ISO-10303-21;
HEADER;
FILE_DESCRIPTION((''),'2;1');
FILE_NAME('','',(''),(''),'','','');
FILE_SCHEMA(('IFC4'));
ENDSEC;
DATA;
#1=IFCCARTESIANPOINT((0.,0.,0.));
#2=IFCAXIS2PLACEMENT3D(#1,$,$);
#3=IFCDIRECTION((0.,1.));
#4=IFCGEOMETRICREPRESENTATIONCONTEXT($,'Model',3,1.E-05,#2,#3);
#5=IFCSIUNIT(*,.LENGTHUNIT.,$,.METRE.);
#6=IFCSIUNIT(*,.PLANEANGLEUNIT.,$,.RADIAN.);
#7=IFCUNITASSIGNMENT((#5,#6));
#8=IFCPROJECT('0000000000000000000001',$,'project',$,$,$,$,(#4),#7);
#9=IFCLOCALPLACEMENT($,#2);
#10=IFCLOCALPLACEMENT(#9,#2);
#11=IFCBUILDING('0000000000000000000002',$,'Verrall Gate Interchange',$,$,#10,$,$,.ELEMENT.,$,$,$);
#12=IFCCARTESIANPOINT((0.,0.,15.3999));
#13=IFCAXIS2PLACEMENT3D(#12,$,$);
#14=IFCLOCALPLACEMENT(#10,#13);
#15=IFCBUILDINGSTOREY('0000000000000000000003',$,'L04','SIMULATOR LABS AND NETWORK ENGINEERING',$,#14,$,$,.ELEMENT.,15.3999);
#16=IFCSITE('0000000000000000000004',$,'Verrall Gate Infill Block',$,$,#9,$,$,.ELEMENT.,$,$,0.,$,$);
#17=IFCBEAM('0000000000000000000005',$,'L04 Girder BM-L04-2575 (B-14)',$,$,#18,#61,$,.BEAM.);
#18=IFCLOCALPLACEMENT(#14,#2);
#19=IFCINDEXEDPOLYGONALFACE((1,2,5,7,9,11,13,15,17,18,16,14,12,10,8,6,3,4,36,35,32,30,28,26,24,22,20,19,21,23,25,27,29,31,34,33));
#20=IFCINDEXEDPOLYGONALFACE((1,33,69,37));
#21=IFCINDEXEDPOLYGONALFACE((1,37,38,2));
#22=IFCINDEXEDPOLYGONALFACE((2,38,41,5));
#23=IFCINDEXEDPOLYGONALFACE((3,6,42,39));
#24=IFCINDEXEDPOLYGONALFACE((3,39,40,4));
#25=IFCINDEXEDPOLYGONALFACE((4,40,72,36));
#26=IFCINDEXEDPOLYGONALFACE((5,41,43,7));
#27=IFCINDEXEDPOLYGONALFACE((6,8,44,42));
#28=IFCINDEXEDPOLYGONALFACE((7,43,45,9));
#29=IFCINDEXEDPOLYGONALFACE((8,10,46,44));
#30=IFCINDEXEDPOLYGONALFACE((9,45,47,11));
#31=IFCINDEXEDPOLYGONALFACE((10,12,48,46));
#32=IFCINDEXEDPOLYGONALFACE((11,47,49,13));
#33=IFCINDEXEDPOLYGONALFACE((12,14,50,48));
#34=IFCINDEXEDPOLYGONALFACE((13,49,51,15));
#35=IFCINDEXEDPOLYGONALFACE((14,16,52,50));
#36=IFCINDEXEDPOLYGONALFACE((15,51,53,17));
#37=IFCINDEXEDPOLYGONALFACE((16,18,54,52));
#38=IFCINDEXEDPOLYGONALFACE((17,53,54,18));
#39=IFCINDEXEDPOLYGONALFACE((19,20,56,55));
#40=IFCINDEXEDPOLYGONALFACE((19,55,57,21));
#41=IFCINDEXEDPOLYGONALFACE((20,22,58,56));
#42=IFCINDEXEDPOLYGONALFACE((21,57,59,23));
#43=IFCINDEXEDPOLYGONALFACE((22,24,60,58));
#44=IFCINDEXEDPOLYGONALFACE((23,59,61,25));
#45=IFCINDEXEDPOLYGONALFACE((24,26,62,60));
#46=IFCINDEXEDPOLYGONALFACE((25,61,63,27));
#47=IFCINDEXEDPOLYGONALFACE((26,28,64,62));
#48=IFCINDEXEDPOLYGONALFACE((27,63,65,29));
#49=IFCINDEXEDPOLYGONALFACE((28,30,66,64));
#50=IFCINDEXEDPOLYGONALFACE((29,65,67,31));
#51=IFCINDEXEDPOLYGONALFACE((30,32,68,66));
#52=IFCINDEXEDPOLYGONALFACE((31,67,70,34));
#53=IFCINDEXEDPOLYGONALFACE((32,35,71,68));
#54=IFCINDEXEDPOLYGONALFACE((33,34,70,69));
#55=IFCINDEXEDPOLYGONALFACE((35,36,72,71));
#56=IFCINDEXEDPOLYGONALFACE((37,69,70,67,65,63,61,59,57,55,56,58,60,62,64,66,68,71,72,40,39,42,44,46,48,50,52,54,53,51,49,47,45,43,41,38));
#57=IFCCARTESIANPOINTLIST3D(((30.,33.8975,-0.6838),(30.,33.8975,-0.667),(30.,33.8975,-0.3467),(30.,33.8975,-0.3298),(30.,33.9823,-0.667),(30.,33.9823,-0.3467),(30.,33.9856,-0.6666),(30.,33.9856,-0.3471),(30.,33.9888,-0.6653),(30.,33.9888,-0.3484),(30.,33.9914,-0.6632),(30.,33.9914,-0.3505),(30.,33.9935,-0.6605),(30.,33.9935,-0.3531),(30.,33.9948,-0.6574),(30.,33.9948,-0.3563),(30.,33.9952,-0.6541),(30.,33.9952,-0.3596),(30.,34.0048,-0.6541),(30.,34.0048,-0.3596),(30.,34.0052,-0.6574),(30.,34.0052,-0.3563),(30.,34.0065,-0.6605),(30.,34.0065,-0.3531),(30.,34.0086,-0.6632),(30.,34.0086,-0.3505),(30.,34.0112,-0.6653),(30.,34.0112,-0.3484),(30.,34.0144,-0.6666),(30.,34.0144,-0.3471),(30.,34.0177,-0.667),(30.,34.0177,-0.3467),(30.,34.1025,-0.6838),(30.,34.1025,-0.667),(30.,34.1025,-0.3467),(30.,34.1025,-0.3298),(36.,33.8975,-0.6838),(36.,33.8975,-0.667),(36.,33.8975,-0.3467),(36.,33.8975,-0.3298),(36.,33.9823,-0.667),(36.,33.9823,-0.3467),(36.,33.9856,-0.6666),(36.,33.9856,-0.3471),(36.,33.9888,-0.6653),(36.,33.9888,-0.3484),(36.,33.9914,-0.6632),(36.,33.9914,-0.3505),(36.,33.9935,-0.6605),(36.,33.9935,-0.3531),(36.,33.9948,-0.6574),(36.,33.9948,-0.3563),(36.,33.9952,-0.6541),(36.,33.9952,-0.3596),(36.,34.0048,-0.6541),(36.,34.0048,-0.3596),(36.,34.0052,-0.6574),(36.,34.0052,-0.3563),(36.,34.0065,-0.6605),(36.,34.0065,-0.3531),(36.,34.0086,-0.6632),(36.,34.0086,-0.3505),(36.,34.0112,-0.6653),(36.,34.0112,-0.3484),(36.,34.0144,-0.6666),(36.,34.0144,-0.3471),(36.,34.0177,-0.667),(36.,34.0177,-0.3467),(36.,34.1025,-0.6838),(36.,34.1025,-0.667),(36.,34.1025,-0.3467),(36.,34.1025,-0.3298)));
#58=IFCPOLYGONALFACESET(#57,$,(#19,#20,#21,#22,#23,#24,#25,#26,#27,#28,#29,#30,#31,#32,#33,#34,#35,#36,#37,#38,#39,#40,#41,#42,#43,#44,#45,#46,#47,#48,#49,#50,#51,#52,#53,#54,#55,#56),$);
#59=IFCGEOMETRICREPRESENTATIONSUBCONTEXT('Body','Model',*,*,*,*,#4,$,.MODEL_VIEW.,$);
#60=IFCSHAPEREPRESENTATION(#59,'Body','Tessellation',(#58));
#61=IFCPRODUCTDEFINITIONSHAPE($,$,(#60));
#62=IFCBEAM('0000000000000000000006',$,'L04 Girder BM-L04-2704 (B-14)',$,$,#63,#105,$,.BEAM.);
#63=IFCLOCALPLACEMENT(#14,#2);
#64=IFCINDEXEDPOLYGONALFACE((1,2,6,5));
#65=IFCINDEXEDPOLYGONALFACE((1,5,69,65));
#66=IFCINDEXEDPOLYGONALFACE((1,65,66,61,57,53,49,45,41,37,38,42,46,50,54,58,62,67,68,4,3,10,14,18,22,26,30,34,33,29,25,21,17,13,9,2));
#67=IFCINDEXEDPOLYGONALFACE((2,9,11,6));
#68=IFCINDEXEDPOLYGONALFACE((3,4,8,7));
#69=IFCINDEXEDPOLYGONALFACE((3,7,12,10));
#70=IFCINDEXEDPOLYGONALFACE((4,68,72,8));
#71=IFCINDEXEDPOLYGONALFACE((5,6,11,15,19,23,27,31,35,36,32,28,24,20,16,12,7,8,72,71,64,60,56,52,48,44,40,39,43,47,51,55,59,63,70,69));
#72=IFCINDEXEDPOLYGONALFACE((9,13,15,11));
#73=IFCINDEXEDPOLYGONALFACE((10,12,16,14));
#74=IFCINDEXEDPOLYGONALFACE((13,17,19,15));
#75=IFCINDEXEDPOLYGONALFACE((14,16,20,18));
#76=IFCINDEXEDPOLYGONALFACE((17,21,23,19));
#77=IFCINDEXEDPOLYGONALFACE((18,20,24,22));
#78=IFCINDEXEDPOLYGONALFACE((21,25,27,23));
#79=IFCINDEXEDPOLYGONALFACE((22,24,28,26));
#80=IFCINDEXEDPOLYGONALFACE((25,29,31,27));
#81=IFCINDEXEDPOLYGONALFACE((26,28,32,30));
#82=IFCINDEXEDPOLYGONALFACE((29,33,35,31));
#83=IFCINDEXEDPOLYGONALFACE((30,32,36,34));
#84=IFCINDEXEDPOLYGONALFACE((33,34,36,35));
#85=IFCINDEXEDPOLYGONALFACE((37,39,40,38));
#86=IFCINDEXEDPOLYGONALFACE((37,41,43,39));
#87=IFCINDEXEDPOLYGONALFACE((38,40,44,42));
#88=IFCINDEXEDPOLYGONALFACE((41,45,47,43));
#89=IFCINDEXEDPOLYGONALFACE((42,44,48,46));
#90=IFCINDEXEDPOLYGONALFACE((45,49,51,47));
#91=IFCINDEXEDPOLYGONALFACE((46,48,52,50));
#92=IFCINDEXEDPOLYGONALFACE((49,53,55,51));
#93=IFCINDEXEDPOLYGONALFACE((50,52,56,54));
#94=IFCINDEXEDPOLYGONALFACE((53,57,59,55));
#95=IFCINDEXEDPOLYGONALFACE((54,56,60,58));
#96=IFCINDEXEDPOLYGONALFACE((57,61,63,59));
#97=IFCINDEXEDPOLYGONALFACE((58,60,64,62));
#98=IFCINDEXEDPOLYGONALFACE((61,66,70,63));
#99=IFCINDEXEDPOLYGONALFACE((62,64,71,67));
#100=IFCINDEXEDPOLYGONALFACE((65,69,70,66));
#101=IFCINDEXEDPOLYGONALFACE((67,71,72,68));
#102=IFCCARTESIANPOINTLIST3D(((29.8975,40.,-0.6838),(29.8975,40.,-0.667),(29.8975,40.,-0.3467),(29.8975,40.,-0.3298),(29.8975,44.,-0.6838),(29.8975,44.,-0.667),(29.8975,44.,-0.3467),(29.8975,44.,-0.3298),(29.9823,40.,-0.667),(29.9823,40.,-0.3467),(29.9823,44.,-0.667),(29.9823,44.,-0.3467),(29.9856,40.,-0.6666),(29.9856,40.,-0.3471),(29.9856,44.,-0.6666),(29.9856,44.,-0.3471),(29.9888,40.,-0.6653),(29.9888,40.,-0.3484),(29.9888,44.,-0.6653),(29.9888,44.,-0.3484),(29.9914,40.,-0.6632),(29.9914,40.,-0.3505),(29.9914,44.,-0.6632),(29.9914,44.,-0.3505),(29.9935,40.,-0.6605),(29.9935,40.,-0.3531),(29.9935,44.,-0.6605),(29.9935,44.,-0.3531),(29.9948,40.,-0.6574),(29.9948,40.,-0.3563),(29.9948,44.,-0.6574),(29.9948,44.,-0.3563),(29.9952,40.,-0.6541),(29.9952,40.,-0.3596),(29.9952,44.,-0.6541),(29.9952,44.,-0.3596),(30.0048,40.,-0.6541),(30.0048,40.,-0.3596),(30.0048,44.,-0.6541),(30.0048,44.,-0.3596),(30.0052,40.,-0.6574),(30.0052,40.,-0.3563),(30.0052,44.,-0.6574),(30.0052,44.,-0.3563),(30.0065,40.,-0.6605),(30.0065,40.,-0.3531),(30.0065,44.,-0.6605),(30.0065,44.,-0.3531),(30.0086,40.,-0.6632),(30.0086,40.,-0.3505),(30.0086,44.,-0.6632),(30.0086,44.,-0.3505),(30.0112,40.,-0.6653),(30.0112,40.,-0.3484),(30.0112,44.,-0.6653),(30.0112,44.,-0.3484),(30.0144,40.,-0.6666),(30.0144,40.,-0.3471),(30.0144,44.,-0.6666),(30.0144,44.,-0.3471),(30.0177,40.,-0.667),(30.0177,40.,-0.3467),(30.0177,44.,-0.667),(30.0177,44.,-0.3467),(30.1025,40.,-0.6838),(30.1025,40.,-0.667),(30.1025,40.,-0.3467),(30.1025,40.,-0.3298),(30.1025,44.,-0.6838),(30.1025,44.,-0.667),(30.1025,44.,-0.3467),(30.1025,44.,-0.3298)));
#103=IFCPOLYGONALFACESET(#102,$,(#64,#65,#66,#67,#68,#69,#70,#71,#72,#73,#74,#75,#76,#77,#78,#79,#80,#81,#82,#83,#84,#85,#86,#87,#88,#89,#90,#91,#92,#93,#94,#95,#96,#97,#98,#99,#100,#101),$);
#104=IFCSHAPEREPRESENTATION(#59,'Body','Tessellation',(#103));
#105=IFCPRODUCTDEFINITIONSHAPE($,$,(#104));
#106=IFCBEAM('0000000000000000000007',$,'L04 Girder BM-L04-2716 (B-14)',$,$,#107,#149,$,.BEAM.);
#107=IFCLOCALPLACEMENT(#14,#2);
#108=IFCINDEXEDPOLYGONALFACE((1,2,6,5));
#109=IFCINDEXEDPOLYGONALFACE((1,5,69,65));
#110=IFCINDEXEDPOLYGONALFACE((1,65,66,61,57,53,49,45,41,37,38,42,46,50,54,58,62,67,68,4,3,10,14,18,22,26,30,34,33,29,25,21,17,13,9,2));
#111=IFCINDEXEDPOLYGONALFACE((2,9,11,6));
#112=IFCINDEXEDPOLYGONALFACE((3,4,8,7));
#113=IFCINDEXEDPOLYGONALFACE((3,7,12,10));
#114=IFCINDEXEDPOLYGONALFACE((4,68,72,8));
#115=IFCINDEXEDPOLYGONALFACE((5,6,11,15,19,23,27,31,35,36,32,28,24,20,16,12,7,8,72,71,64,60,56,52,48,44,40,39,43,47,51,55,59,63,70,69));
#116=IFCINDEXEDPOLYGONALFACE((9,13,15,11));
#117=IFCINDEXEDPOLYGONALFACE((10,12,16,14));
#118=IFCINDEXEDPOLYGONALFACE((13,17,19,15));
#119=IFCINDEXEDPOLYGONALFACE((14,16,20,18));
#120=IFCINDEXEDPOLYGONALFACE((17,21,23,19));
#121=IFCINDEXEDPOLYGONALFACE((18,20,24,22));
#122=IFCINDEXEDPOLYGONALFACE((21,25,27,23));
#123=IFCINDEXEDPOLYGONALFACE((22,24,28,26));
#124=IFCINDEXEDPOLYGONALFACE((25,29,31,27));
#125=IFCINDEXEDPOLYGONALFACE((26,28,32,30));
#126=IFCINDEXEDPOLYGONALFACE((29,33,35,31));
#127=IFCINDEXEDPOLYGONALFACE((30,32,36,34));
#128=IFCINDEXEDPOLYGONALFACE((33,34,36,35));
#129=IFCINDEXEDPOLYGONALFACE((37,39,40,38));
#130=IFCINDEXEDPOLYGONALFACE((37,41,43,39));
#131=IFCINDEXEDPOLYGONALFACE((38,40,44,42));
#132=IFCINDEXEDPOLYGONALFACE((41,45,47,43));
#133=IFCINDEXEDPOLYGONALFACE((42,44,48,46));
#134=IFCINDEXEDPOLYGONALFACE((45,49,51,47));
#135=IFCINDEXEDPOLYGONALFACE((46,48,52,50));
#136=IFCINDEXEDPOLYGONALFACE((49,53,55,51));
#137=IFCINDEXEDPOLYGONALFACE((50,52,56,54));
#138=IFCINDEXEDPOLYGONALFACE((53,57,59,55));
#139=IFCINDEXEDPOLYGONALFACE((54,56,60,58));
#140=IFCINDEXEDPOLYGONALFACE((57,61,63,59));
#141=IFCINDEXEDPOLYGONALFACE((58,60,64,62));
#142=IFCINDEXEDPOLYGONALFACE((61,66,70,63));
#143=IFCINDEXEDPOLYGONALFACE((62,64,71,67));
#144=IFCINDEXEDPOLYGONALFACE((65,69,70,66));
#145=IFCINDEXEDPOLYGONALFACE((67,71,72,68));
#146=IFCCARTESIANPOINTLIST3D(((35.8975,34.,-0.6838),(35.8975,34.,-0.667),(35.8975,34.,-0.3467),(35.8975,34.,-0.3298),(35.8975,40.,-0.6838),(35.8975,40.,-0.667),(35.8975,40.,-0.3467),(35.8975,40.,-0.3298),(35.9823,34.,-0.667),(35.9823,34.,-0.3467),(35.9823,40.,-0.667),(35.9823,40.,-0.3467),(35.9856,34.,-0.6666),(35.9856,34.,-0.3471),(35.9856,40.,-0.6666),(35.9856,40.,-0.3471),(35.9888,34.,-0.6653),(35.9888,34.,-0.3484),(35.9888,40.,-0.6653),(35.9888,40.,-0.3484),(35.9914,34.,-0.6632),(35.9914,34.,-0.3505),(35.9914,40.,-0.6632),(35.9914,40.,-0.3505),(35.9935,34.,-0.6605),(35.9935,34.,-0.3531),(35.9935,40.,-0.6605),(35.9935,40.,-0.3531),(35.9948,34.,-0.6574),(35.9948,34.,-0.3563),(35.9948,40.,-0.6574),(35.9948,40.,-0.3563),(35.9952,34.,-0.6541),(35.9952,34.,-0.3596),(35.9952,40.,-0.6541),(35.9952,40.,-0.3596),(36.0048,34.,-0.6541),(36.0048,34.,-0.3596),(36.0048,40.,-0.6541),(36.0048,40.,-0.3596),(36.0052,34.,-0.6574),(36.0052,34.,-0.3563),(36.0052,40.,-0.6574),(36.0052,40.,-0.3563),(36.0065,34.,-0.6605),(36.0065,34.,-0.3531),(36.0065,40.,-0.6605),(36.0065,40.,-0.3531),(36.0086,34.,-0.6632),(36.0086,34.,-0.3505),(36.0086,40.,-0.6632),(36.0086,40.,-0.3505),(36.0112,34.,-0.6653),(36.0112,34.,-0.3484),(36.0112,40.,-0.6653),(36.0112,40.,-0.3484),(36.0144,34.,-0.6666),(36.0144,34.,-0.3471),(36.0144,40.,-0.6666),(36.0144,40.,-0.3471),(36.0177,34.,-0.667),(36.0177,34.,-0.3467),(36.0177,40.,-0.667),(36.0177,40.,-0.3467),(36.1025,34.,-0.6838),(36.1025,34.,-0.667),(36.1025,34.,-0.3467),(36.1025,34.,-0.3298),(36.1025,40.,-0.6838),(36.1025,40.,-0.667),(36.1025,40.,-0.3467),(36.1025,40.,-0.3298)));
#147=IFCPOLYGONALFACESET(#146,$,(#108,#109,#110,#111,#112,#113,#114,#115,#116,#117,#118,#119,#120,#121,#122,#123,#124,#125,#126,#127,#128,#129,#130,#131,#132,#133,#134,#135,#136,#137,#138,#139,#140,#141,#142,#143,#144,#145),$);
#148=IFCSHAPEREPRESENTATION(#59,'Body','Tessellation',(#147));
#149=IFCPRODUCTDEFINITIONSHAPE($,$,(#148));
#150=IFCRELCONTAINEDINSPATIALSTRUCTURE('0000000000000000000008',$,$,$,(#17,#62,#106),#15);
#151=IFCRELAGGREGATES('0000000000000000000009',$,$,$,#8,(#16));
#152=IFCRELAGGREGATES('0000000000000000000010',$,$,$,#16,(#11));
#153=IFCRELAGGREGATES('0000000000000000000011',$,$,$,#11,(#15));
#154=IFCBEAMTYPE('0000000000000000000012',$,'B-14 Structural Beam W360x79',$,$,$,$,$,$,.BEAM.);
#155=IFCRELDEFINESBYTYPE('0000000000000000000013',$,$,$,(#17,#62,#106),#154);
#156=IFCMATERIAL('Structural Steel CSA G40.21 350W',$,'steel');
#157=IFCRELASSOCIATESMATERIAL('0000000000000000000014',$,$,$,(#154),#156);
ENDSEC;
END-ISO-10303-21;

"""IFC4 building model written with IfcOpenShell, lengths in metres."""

from ifc_helpers import new_model, si_unit, direction, frame, origin, origin_2d, place, context, subcontext, project, spatial, i_section, extrude, material, material_profile, profile_set, type_object, element, save


model = new_model("IFC4")

# Units and contexts
model_context = context("Model", 3, precision=1e-05, world=origin(), true_north=direction((0.0, 1.0)))
body_context = subcontext(model_context, "Body", "Model", "MODEL_VIEW")
ifc_project = project(units=[si_unit("LENGTHUNIT", "METRE"), si_unit("PLANEANGLEUNIT", "RADIAN")], contexts=[model_context])

# Site, building, storey
site_placement = place(None, origin())
site = spatial("IfcSite", under=ifc_project, at=site_placement, Name="Verrall Gate Infill Block", CompositionType="ELEMENT", RefElevation=0.0)
building_placement = place(site_placement, origin())
building = spatial("IfcBuilding", under=site, at=building_placement, Name="Verrall Gate Interchange", CompositionType="ELEMENT")
storey_placement = place(building_placement, frame((0.0, 0.0, 15.3999)))
storey = spatial("IfcBuildingStorey", under=building, at=storey_placement, Name="L04", Description="SIMULATOR LABS AND NETWORK ENGINEERING", CompositionType="ELEMENT", Elevation=15.3999)

# Beams
ifc_material_1 = material(Name="Structural Steel CSA G40.21 350W", Category="steel")
ifc_material_profile_1 = material_profile(ifc_material_1, i_section(OverallWidth=0.2051, OverallDepth=0.354, WebThickness=0.0095, FlangeThickness=0.0168, FilletRadius=0.0129, at=origin_2d()), Name="W360x79")
ifc_profile_set_1 = profile_set([ifc_material_profile_1], Name="Structural Steel CSA G40.21 350W")
beam_type_1 = type_object("IfcBeamType", Name="B-14 Structural Beam W360x79", PredefinedType="BEAM", material=ifc_profile_set_1)
beam_1_placement = place(storey_placement, frame((30.0, 34.0, -0.5068), z_axis=(1.0, 0.0, 0.0), x_axis=(0.0, 1.0, 0.0)))
element("IfcBeam", 1, at=beam_1_placement, inside=storey, type_object=beam_type_1, Name="L04 Girder BM-L04-2575 (B-14)", PredefinedType="BEAM", context=body_context, shape_type="SweptSolid", body=[
    extrude(i_section(OverallWidth=0.2051, OverallDepth=0.354, WebThickness=0.0095, FlangeThickness=0.0168, FilletRadius=0.0129, at=origin_2d()), origin(), (0.0, 0.0, 1.0), 6.0),
])
beam_2_placement = place(storey_placement, frame((30.0, 40.0, -0.5068), z_axis=(0.0, 1.0, 0.0), x_axis=(-1.0, 0.0, 0.0)))
element("IfcBeam", 2, at=beam_2_placement, inside=storey, type_object=beam_type_1, Name="L04 Girder BM-L04-2704 (B-14)", PredefinedType="BEAM", context=body_context, shape_type="SweptSolid", body=[
    extrude(i_section(OverallWidth=0.2051, OverallDepth=0.354, WebThickness=0.0095, FlangeThickness=0.0168, FilletRadius=0.0129, at=origin_2d()), origin(), (0.0, 0.0, 1.0), 4.0),
])
beam_3_placement = place(storey_placement, frame((36.0, 34.0, -0.5068), z_axis=(0.0, 1.0, 0.0), x_axis=(-1.0, 0.0, 0.0)))
element("IfcBeam", 3, at=beam_3_placement, inside=storey, type_object=beam_type_1, Name="L04 Girder BM-L04-2716 (B-14)", PredefinedType="BEAM", context=body_context, shape_type="SweptSolid", body=[
    extrude(i_section(OverallWidth=0.2051, OverallDepth=0.354, WebThickness=0.0095, FlangeThickness=0.0168, FilletRadius=0.0129, at=origin_2d()), origin(), (0.0, 0.0, 1.0), 6.0),
])

save(model, "model.ifc")
